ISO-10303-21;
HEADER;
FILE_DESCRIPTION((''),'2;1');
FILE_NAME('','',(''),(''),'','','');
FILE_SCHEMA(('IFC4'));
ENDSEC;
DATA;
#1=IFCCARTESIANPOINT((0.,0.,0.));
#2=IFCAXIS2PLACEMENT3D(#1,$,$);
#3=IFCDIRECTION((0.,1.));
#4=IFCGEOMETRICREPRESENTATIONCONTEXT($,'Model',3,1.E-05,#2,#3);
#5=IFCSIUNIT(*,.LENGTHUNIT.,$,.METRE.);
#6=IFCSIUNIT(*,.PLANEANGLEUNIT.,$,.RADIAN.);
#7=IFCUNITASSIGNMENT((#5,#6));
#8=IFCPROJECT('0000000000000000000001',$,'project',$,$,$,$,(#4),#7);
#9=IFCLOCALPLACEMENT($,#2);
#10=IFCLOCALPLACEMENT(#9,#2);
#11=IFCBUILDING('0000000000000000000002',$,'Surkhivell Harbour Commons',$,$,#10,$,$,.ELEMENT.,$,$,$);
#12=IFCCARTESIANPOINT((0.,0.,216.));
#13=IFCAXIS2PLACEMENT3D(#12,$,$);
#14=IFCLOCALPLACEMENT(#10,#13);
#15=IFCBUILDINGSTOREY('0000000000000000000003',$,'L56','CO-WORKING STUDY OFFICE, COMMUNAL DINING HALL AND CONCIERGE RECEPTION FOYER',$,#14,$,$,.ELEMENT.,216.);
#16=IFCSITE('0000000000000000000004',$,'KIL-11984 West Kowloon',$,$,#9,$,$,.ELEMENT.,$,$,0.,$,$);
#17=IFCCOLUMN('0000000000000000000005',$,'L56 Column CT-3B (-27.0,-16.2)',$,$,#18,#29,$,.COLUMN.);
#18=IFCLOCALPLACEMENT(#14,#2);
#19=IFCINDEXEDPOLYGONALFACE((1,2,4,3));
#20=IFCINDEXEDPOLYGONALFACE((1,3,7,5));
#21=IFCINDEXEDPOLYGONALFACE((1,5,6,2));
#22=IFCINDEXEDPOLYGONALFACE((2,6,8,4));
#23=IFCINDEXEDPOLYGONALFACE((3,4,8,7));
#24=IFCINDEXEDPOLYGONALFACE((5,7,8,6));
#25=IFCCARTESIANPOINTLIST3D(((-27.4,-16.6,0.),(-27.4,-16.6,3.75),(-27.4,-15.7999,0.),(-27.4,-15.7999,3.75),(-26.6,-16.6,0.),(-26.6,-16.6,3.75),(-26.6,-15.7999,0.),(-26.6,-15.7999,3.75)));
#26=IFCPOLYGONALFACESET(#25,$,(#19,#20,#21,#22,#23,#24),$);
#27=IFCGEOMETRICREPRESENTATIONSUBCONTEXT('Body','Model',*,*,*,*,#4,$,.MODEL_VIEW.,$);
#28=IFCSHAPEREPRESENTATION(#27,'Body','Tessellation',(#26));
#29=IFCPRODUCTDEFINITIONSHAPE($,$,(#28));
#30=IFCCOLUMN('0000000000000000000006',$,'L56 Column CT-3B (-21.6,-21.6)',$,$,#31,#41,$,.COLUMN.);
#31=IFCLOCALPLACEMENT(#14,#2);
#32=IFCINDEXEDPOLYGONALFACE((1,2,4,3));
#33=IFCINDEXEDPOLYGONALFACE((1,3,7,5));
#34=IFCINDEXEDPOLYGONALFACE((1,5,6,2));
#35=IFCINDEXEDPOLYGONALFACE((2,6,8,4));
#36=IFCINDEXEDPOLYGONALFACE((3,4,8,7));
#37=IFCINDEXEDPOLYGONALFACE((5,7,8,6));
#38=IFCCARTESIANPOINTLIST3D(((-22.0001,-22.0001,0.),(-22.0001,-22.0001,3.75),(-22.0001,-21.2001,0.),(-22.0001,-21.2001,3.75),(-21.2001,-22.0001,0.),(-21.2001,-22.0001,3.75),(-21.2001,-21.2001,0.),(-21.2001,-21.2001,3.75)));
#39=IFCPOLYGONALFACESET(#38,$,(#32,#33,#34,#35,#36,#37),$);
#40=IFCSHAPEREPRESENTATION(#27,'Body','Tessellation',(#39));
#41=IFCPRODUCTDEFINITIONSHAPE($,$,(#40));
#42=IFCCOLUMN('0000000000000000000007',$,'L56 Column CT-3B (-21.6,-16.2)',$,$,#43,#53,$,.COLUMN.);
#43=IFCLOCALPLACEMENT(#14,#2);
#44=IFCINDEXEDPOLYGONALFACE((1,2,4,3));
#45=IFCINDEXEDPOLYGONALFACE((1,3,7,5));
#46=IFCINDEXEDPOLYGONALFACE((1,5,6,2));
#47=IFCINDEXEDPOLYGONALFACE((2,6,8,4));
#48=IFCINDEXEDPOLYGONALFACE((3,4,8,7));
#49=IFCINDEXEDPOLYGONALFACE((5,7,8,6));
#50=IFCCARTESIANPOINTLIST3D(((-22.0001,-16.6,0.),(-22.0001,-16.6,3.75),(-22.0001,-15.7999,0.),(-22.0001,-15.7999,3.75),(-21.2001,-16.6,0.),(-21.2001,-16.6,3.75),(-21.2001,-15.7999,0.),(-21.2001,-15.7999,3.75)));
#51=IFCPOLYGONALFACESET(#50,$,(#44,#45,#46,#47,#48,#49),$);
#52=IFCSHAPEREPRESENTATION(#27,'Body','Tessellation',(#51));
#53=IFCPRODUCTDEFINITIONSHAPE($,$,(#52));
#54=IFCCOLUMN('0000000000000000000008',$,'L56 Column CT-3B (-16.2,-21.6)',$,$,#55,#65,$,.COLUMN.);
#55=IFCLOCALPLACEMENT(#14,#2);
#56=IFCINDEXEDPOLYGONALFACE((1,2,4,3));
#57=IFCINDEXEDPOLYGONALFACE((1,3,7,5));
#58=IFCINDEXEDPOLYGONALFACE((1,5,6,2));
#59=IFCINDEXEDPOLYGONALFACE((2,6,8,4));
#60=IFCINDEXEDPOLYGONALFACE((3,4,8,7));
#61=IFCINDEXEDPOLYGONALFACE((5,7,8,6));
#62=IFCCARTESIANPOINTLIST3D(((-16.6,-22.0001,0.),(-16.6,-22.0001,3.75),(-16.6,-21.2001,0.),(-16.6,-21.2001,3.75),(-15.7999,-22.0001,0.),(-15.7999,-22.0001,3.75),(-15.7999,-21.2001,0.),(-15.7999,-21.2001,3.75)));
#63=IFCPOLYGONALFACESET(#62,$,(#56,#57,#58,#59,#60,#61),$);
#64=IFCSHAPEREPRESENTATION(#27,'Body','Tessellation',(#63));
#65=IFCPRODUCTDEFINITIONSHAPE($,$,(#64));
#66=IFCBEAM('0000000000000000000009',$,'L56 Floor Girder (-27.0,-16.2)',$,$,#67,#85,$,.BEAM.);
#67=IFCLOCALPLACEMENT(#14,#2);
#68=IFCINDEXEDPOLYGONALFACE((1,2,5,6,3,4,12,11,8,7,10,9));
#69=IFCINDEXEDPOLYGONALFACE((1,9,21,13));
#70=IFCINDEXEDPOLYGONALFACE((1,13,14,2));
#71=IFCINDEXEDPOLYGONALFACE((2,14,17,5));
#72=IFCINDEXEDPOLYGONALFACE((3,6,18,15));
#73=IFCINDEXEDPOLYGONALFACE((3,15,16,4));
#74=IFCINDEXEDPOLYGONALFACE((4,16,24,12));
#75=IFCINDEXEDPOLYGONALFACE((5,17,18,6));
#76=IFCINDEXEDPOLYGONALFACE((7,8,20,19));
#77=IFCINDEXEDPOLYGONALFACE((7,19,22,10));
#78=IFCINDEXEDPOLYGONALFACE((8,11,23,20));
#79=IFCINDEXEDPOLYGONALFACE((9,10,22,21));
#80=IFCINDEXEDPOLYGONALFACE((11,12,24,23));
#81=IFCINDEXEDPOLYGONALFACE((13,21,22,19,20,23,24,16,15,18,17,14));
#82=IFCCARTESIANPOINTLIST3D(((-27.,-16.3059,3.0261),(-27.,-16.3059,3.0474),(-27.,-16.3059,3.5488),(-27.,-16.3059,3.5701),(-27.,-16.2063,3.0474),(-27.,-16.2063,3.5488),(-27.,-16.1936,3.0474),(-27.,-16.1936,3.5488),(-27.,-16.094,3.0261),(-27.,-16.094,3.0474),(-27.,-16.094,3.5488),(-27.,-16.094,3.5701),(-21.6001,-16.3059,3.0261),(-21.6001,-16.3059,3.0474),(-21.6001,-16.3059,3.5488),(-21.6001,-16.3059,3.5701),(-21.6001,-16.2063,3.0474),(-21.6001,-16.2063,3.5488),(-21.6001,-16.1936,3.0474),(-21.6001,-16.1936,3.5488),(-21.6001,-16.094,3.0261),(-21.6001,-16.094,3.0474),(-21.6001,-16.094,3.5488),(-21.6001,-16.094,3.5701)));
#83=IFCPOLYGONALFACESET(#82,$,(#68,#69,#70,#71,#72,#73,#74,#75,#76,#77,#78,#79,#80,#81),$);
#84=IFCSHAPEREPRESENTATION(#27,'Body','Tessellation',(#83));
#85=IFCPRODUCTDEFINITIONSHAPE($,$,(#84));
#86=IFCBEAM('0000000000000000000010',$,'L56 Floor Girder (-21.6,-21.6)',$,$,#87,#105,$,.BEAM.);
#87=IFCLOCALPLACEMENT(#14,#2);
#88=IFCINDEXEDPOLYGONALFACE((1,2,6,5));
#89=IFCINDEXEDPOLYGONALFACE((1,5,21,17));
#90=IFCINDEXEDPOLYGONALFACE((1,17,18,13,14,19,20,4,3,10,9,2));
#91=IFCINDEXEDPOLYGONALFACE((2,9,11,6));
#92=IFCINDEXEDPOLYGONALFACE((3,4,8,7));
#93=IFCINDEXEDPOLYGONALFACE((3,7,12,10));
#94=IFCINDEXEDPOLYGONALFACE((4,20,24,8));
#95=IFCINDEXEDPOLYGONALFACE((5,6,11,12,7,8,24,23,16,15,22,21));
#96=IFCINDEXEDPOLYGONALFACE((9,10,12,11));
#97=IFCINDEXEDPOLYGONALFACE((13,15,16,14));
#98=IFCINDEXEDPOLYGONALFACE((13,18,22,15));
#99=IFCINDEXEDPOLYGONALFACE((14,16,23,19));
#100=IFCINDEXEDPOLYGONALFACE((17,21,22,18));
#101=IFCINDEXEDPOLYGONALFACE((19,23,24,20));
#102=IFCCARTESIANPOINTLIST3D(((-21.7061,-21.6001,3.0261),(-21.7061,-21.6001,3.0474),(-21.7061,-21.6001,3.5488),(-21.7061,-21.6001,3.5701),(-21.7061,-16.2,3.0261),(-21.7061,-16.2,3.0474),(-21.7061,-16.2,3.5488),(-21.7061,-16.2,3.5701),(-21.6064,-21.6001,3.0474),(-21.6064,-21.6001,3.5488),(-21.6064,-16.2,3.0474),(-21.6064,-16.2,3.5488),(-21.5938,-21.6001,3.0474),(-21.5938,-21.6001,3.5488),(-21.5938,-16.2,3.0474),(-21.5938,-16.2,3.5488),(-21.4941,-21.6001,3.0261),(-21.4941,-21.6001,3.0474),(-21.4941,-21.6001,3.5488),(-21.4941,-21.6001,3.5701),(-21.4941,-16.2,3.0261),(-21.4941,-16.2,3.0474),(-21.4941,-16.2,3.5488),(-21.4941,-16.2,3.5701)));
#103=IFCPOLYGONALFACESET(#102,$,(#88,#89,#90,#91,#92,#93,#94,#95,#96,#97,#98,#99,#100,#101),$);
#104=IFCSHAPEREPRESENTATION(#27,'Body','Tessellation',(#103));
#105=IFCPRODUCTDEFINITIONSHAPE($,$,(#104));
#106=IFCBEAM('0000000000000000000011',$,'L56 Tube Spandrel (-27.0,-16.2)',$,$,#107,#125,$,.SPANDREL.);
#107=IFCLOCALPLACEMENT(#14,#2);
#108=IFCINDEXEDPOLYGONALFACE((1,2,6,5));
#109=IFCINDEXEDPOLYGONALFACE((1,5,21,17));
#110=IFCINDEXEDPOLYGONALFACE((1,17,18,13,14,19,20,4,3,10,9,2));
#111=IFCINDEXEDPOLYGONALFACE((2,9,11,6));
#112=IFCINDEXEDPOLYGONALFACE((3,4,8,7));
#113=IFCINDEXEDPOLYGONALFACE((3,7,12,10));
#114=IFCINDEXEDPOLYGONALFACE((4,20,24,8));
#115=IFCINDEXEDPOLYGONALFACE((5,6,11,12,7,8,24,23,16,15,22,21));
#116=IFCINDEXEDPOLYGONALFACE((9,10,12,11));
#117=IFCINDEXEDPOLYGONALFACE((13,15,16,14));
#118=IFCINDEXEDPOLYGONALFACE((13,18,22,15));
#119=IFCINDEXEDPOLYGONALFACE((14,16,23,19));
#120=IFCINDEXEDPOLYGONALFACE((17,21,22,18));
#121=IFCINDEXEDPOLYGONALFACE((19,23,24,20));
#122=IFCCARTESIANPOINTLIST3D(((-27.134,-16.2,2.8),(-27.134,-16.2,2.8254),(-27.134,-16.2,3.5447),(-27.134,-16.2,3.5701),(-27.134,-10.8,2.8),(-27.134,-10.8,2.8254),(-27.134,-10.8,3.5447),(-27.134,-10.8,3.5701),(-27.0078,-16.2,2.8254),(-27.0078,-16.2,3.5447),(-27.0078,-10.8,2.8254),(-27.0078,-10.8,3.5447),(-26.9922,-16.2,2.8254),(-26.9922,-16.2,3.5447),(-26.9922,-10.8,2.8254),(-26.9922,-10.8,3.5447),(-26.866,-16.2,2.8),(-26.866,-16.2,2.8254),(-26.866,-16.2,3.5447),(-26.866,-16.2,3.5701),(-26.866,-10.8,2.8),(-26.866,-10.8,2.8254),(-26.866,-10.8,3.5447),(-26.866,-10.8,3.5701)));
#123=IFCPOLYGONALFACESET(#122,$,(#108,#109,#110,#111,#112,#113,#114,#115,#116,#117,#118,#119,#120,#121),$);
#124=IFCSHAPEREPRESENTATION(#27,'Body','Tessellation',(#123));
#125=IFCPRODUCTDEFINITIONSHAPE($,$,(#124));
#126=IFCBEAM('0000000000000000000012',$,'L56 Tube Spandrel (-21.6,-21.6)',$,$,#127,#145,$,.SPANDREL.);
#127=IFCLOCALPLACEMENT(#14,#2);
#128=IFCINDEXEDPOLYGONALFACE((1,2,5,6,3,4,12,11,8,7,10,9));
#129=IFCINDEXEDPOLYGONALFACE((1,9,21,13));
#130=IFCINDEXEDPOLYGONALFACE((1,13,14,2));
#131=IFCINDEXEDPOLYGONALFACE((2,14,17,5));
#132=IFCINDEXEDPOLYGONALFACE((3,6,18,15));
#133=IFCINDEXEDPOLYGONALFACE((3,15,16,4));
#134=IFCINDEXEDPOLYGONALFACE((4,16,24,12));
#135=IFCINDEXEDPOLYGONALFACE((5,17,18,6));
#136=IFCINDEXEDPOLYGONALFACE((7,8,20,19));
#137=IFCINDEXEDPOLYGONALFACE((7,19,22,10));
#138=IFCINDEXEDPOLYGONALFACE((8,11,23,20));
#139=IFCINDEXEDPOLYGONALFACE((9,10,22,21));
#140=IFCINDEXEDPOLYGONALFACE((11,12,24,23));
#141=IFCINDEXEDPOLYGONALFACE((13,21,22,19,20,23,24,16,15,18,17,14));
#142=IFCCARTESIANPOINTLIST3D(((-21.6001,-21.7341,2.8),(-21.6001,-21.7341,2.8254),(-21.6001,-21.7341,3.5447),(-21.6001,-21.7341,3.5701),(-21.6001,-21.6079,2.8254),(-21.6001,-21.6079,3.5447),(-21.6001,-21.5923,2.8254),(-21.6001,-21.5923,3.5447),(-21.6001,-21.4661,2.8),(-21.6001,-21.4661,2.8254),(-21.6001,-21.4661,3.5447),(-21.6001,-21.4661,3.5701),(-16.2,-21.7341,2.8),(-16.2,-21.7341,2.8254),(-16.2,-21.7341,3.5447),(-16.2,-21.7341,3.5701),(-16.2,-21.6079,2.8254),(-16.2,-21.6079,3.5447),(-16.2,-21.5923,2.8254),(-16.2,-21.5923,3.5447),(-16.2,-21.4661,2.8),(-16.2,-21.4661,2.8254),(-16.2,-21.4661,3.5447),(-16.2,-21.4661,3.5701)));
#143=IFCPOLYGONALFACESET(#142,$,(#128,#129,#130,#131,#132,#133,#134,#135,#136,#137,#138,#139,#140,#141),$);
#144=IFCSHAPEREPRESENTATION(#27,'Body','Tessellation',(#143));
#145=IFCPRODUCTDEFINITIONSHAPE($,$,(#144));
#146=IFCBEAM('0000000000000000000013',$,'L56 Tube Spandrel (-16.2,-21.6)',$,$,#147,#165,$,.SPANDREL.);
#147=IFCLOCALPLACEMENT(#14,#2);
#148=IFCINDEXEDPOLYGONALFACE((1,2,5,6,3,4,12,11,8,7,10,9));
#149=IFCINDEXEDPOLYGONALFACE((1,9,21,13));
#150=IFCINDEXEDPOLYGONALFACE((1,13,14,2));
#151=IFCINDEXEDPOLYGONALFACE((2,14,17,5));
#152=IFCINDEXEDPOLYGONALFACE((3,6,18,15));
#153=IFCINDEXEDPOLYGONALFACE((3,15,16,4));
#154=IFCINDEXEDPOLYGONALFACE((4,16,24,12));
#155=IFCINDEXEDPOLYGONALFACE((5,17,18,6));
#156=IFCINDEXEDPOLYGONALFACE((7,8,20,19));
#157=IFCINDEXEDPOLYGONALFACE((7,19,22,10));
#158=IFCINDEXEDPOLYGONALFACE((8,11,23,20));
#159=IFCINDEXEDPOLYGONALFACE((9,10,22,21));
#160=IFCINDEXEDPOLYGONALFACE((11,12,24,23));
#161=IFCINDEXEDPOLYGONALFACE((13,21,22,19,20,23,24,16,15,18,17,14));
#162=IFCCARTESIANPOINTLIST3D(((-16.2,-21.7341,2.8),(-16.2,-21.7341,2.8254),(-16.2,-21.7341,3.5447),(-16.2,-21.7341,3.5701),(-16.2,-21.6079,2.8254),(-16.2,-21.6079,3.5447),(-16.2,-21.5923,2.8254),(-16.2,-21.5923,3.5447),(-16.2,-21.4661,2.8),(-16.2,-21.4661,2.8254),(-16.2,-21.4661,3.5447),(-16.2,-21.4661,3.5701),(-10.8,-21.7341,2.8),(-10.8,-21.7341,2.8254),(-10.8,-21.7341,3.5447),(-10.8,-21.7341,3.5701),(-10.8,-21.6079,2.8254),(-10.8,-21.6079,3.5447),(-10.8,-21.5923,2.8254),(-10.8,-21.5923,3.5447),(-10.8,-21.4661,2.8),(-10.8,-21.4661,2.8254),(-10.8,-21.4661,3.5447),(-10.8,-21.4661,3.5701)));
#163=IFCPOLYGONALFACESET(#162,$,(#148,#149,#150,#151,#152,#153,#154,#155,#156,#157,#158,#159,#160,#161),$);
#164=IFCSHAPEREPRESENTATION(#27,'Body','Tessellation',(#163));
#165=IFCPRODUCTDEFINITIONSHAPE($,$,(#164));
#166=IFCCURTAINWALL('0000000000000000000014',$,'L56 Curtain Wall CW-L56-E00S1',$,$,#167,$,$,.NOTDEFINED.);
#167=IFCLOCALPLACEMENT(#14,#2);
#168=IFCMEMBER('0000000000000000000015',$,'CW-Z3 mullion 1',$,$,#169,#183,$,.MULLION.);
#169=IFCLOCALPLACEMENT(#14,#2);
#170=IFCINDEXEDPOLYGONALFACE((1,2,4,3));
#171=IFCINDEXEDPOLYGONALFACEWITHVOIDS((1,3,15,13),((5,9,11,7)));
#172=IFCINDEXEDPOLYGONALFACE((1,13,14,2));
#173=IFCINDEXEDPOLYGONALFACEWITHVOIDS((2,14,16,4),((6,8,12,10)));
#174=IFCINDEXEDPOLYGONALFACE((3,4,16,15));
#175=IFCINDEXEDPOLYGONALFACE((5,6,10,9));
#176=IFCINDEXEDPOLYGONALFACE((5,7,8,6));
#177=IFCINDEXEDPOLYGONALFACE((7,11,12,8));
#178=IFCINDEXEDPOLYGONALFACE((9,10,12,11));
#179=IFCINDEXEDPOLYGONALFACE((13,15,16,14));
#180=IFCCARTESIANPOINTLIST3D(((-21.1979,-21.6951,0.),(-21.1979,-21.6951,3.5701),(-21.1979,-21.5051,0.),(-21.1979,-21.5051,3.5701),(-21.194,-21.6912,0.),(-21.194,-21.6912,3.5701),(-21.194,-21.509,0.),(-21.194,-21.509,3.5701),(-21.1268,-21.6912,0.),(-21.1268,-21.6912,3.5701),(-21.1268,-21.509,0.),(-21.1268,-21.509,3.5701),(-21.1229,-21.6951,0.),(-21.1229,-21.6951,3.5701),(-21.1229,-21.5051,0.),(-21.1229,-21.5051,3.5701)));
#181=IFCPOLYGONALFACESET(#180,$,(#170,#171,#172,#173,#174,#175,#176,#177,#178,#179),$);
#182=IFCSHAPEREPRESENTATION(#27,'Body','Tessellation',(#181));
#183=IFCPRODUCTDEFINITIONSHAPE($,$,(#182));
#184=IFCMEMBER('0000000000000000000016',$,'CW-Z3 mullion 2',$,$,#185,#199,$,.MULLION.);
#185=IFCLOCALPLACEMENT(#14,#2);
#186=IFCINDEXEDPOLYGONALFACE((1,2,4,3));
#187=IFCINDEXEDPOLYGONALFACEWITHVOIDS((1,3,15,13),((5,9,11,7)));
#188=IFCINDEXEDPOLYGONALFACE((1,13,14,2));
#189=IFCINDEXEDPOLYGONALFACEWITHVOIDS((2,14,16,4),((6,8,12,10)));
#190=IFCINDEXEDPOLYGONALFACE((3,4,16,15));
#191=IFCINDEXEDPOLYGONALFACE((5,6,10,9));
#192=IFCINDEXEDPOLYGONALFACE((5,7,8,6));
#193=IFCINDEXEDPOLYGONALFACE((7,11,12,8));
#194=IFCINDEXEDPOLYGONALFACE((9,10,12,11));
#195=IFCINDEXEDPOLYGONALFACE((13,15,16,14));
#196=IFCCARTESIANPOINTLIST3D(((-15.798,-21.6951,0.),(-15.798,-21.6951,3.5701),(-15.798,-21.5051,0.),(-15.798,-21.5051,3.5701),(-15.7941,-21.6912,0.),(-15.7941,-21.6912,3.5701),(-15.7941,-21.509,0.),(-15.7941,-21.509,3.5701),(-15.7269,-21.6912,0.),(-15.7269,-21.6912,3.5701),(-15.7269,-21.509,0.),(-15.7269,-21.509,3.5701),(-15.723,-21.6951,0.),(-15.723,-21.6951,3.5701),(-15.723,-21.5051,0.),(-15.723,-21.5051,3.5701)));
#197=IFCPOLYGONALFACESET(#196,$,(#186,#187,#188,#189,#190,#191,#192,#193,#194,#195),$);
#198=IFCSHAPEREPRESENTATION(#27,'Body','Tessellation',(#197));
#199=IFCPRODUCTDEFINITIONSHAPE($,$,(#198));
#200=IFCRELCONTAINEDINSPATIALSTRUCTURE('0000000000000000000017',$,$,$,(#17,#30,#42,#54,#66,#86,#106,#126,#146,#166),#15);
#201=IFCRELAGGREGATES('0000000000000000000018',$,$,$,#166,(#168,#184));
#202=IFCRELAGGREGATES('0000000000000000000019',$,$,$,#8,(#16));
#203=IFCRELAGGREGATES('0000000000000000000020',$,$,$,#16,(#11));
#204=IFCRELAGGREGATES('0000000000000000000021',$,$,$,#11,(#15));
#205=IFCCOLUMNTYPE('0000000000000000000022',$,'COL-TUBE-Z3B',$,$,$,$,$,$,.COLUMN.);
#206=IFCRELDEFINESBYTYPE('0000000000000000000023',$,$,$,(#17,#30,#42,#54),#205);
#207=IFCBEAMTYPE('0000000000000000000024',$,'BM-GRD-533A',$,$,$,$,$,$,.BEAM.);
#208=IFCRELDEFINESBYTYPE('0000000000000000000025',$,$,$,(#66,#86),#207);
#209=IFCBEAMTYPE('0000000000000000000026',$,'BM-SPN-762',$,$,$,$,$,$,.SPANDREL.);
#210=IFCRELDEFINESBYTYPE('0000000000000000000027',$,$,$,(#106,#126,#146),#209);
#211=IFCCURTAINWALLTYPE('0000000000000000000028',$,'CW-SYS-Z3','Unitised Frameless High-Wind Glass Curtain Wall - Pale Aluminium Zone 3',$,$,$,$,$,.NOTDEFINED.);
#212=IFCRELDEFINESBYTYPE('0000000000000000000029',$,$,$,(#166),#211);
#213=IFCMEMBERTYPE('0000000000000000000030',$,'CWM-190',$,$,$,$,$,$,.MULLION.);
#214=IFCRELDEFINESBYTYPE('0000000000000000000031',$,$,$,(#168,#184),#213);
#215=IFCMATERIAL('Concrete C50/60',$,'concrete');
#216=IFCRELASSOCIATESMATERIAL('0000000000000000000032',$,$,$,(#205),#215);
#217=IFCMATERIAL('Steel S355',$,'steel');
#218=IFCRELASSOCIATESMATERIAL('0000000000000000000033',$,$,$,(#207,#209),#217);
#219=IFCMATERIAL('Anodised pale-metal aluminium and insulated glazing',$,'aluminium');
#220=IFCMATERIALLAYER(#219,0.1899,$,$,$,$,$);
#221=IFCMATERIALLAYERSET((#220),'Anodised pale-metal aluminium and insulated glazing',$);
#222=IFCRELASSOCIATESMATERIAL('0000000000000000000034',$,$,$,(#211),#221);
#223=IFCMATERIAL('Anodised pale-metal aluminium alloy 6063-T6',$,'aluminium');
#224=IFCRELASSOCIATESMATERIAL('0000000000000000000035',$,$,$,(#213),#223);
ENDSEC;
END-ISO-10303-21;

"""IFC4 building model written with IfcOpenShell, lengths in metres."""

from ifc_helpers import new_model, si_unit, direction, frame, origin, origin_2d, place, context, subcontext, project, spatial, rectangle, hollow_rectangle, i_section, extrude, material, layer, layer_set, material_profile, profile_set, type_object, element, aggregate, save


model = new_model("IFC4")

# Units and contexts
model_context = context("Model", 3, precision=1e-05, world=origin(), true_north=direction((0.0, 1.0)))
body_context = subcontext(model_context, "Body", "Model", "MODEL_VIEW")
ifc_project = project(units=[si_unit("LENGTHUNIT", "METRE"), si_unit("PLANEANGLEUNIT", "RADIAN")], contexts=[model_context])

# Site, building, storey
site_placement = place(None, origin())
site = spatial("IfcSite", under=ifc_project, at=site_placement, Name="KIL-11984 West Kowloon", CompositionType="ELEMENT", RefElevation=0.0)
building_placement = place(site_placement, origin())
building = spatial("IfcBuilding", under=site, at=building_placement, Name="Surkhivell Harbour Commons", CompositionType="ELEMENT")
storey_placement = place(building_placement, frame((0.0, 0.0, 216.0)))
storey = spatial("IfcBuildingStorey", under=building, at=storey_placement, Name="L56", Description="CO-WORKING STUDY OFFICE, COMMUNAL DINING HALL AND CONCIERGE RECEPTION FOYER", CompositionType="ELEMENT", Elevation=216.0)

# Columns
ifc_material_1 = material(Name="Concrete C50/60", Category="concrete")
ifc_material_profile_1 = material_profile(ifc_material_1, rectangle(XDim=0.8, YDim=0.8, at=origin_2d()), Name="RC-COL-800x800")
ifc_profile_set_1 = profile_set([ifc_material_profile_1], Name="Concrete C50/60")
column_type = type_object("IfcColumnType", Name="COL-TUBE-Z3B", PredefinedType="COLUMN", material=ifc_profile_set_1)
for number, where, z_axis, x_axis, name in (
    (1, (-27.0, -16.2, 0.0), (0.0, 0.0, 1.0), (1.0, 0.0, 0.0), "L56 Column CT-3B (-27.0,-16.2)"),
    (2, (-21.6001, -21.6001, 0.0), (0.0, 0.0, 1.0), (1.0, 0.0, 0.0), "L56 Column CT-3B (-21.6,-21.6)"),
    (3, (-21.6001, -16.2, 0.0), (0.0, 0.0, 1.0), (1.0, 0.0, 0.0), "L56 Column CT-3B (-21.6,-16.2)"),
    (4, (-16.2, -21.6001, 0.0), (0.0, 0.0, 1.0), (1.0, 0.0, 0.0), "L56 Column CT-3B (-16.2,-21.6)"),
):
    element("IfcColumn", number, at=place(storey_placement, frame(where, z_axis=z_axis, x_axis=x_axis)), inside=storey, type_object=column_type, Name=name, PredefinedType="COLUMN", context=body_context, shape_type="SweptSolid", body=[
        extrude(rectangle(XDim=0.8, YDim=0.8, at=origin_2d()), origin(), (0.0, 0.0, 1.0), 3.75),
    ])

# Beams
ifc_material_2 = material(Name="Steel S355", Category="steel")
ifc_material_profile_2 = material_profile(ifc_material_2, i_section(OverallWidth=0.2119, OverallDepth=0.5439, WebThickness=0.0127, FlangeThickness=0.0212, at=origin_2d()), Name="UB533x210x122")
ifc_profile_set_2 = profile_set([ifc_material_profile_2], Name="Steel S355")
beam_type_1 = type_object("IfcBeamType", Name="BM-GRD-533A", PredefinedType="BEAM", material=ifc_profile_set_2)
beam_1_placement = place(storey_placement, frame((-27.0, -16.2, 3.2981), z_axis=(1.0, 0.0, 0.0), x_axis=(0.0, 1.0, 0.0)))
element("IfcBeam", 5, at=beam_1_placement, inside=storey, type_object=beam_type_1, Name="L56 Floor Girder (-27.0,-16.2)", PredefinedType="BEAM", context=body_context, shape_type="SweptSolid", body=[
    extrude(i_section(OverallWidth=0.2119, OverallDepth=0.5439, WebThickness=0.0127, FlangeThickness=0.0212, at=origin_2d()), origin(), (0.0, 0.0, 1.0), 5.3999),
])
beam_2_placement = place(storey_placement, frame((-21.6001, -21.6001, 3.2981), z_axis=(0.0, 1.0, 0.0), x_axis=(-1.0, 0.0, 0.0)))
element("IfcBeam", 6, at=beam_2_placement, inside=storey, type_object=beam_type_1, Name="L56 Floor Girder (-21.6,-21.6)", PredefinedType="BEAM", context=body_context, shape_type="SweptSolid", body=[
    extrude(i_section(OverallWidth=0.2119, OverallDepth=0.5439, WebThickness=0.0127, FlangeThickness=0.0212, at=origin_2d()), origin(), (0.0, 0.0, 1.0), 5.4001),
])
ifc_material_profile_3 = material_profile(ifc_material_2, i_section(OverallWidth=0.2681, OverallDepth=0.77, WebThickness=0.0156, FlangeThickness=0.0254, at=origin_2d()), Name="UB762x267x197")
ifc_profile_set_3 = profile_set([ifc_material_profile_3], Name="Steel S355")
beam_type_2 = type_object("IfcBeamType", Name="BM-SPN-762", PredefinedType="SPANDREL", material=ifc_profile_set_3)
beam_3_placement = place(storey_placement, frame((-27.0, -16.2, 3.1851), z_axis=(0.0, 1.0, 0.0), x_axis=(-1.0, 0.0, 0.0)))
element("IfcBeam", 7, at=beam_3_placement, inside=storey, type_object=beam_type_2, Name="L56 Tube Spandrel (-27.0,-16.2)", PredefinedType="SPANDREL", context=body_context, shape_type="SweptSolid", body=[
    extrude(i_section(OverallWidth=0.2681, OverallDepth=0.77, WebThickness=0.0156, FlangeThickness=0.0254, at=origin_2d()), origin(), (0.0, 0.0, 1.0), 5.3999),
])
beam_4_placement = place(storey_placement, frame((-21.6001, -21.6001, 3.1851), z_axis=(1.0, 0.0, 0.0), x_axis=(0.0, 1.0, 0.0)))
element("IfcBeam", 8, at=beam_4_placement, inside=storey, type_object=beam_type_2, Name="L56 Tube Spandrel (-21.6,-21.6)", PredefinedType="SPANDREL", context=body_context, shape_type="SweptSolid", body=[
    extrude(i_section(OverallWidth=0.2681, OverallDepth=0.77, WebThickness=0.0156, FlangeThickness=0.0254, at=origin_2d()), origin(), (0.0, 0.0, 1.0), 5.4001),
])
beam_5_placement = place(storey_placement, frame((-16.2, -21.6001, 3.1851), z_axis=(1.0, 0.0, 0.0), x_axis=(0.0, 1.0, 0.0)))
element("IfcBeam", 9, at=beam_5_placement, inside=storey, type_object=beam_type_2, Name="L56 Tube Spandrel (-16.2,-21.6)", PredefinedType="SPANDREL", context=body_context, shape_type="SweptSolid", body=[
    extrude(i_section(OverallWidth=0.2681, OverallDepth=0.77, WebThickness=0.0156, FlangeThickness=0.0254, at=origin_2d()), origin(), (0.0, 0.0, 1.0), 5.3999),
])

# Curtain wall, members
ifc_material_3 = material(Name="Anodised pale-metal aluminium and insulated glazing", Category="aluminium")
ifc_layer_1 = layer(ifc_material_3, 0.1899)
ifc_layer_set_1 = layer_set([ifc_layer_1], Name="Anodised pale-metal aluminium and insulated glazing")
curtain_wall_type = type_object("IfcCurtainWallType", Name="CW-SYS-Z3", Description="Unitised Frameless High-Wind Glass Curtain Wall - Pale Aluminium Zone 3", PredefinedType="NOTDEFINED", material=ifc_layer_set_1)
curtain_wall_placement = place(storey_placement, origin())
curtain_wall = element("IfcCurtainWall", 10, at=curtain_wall_placement, inside=storey, type_object=curtain_wall_type, Name="L56 Curtain Wall CW-L56-E00S1", PredefinedType="NOTDEFINED")
ifc_material_4 = material(Name="Anodised pale-metal aluminium alloy 6063-T6", Category="aluminium")
ifc_material_profile_4 = material_profile(ifc_material_4, hollow_rectangle(XDim=0.075, YDim=0.1899, WallThickness=0.0039, at=origin_2d()), Name="ALU-MULL-75x190")
ifc_profile_set_4 = profile_set([ifc_material_profile_4], Name="Anodised pale-metal aluminium alloy 6063-T6")
member_type_1 = type_object("IfcMemberType", Name="CWM-190", PredefinedType="MULLION", material=ifc_profile_set_4)
member_1_placement = place(storey_placement, frame((-21.1604, -21.6001, 0.0), z_axis=(0.0, 0.0, 1.0), x_axis=(1.0, 0.0, 0.0)))
member_1 = element("IfcMember", 11, at=member_1_placement, type_object=member_type_1, Name="CW-Z3 mullion 1", PredefinedType="MULLION", context=body_context, shape_type="SweptSolid", body=[
    extrude(hollow_rectangle(XDim=0.075, YDim=0.1899, WallThickness=0.0039, at=origin_2d()), origin(), (0.0, 0.0, 1.0), 3.5701),
])
member_2_placement = place(storey_placement, frame((-15.7605, -21.6001, 0.0), z_axis=(0.0, 0.0, 1.0), x_axis=(1.0, 0.0, 0.0)))
member_2 = element("IfcMember", 12, at=member_2_placement, type_object=member_type_1, Name="CW-Z3 mullion 2", PredefinedType="MULLION", context=body_context, shape_type="SweptSolid", body=[
    extrude(hollow_rectangle(XDim=0.075, YDim=0.1899, WallThickness=0.0039, at=origin_2d()), origin(), (0.0, 0.0, 1.0), 3.5701),
])
aggregate(curtain_wall, [member_1, member_2])

save(model, "model.ifc")
